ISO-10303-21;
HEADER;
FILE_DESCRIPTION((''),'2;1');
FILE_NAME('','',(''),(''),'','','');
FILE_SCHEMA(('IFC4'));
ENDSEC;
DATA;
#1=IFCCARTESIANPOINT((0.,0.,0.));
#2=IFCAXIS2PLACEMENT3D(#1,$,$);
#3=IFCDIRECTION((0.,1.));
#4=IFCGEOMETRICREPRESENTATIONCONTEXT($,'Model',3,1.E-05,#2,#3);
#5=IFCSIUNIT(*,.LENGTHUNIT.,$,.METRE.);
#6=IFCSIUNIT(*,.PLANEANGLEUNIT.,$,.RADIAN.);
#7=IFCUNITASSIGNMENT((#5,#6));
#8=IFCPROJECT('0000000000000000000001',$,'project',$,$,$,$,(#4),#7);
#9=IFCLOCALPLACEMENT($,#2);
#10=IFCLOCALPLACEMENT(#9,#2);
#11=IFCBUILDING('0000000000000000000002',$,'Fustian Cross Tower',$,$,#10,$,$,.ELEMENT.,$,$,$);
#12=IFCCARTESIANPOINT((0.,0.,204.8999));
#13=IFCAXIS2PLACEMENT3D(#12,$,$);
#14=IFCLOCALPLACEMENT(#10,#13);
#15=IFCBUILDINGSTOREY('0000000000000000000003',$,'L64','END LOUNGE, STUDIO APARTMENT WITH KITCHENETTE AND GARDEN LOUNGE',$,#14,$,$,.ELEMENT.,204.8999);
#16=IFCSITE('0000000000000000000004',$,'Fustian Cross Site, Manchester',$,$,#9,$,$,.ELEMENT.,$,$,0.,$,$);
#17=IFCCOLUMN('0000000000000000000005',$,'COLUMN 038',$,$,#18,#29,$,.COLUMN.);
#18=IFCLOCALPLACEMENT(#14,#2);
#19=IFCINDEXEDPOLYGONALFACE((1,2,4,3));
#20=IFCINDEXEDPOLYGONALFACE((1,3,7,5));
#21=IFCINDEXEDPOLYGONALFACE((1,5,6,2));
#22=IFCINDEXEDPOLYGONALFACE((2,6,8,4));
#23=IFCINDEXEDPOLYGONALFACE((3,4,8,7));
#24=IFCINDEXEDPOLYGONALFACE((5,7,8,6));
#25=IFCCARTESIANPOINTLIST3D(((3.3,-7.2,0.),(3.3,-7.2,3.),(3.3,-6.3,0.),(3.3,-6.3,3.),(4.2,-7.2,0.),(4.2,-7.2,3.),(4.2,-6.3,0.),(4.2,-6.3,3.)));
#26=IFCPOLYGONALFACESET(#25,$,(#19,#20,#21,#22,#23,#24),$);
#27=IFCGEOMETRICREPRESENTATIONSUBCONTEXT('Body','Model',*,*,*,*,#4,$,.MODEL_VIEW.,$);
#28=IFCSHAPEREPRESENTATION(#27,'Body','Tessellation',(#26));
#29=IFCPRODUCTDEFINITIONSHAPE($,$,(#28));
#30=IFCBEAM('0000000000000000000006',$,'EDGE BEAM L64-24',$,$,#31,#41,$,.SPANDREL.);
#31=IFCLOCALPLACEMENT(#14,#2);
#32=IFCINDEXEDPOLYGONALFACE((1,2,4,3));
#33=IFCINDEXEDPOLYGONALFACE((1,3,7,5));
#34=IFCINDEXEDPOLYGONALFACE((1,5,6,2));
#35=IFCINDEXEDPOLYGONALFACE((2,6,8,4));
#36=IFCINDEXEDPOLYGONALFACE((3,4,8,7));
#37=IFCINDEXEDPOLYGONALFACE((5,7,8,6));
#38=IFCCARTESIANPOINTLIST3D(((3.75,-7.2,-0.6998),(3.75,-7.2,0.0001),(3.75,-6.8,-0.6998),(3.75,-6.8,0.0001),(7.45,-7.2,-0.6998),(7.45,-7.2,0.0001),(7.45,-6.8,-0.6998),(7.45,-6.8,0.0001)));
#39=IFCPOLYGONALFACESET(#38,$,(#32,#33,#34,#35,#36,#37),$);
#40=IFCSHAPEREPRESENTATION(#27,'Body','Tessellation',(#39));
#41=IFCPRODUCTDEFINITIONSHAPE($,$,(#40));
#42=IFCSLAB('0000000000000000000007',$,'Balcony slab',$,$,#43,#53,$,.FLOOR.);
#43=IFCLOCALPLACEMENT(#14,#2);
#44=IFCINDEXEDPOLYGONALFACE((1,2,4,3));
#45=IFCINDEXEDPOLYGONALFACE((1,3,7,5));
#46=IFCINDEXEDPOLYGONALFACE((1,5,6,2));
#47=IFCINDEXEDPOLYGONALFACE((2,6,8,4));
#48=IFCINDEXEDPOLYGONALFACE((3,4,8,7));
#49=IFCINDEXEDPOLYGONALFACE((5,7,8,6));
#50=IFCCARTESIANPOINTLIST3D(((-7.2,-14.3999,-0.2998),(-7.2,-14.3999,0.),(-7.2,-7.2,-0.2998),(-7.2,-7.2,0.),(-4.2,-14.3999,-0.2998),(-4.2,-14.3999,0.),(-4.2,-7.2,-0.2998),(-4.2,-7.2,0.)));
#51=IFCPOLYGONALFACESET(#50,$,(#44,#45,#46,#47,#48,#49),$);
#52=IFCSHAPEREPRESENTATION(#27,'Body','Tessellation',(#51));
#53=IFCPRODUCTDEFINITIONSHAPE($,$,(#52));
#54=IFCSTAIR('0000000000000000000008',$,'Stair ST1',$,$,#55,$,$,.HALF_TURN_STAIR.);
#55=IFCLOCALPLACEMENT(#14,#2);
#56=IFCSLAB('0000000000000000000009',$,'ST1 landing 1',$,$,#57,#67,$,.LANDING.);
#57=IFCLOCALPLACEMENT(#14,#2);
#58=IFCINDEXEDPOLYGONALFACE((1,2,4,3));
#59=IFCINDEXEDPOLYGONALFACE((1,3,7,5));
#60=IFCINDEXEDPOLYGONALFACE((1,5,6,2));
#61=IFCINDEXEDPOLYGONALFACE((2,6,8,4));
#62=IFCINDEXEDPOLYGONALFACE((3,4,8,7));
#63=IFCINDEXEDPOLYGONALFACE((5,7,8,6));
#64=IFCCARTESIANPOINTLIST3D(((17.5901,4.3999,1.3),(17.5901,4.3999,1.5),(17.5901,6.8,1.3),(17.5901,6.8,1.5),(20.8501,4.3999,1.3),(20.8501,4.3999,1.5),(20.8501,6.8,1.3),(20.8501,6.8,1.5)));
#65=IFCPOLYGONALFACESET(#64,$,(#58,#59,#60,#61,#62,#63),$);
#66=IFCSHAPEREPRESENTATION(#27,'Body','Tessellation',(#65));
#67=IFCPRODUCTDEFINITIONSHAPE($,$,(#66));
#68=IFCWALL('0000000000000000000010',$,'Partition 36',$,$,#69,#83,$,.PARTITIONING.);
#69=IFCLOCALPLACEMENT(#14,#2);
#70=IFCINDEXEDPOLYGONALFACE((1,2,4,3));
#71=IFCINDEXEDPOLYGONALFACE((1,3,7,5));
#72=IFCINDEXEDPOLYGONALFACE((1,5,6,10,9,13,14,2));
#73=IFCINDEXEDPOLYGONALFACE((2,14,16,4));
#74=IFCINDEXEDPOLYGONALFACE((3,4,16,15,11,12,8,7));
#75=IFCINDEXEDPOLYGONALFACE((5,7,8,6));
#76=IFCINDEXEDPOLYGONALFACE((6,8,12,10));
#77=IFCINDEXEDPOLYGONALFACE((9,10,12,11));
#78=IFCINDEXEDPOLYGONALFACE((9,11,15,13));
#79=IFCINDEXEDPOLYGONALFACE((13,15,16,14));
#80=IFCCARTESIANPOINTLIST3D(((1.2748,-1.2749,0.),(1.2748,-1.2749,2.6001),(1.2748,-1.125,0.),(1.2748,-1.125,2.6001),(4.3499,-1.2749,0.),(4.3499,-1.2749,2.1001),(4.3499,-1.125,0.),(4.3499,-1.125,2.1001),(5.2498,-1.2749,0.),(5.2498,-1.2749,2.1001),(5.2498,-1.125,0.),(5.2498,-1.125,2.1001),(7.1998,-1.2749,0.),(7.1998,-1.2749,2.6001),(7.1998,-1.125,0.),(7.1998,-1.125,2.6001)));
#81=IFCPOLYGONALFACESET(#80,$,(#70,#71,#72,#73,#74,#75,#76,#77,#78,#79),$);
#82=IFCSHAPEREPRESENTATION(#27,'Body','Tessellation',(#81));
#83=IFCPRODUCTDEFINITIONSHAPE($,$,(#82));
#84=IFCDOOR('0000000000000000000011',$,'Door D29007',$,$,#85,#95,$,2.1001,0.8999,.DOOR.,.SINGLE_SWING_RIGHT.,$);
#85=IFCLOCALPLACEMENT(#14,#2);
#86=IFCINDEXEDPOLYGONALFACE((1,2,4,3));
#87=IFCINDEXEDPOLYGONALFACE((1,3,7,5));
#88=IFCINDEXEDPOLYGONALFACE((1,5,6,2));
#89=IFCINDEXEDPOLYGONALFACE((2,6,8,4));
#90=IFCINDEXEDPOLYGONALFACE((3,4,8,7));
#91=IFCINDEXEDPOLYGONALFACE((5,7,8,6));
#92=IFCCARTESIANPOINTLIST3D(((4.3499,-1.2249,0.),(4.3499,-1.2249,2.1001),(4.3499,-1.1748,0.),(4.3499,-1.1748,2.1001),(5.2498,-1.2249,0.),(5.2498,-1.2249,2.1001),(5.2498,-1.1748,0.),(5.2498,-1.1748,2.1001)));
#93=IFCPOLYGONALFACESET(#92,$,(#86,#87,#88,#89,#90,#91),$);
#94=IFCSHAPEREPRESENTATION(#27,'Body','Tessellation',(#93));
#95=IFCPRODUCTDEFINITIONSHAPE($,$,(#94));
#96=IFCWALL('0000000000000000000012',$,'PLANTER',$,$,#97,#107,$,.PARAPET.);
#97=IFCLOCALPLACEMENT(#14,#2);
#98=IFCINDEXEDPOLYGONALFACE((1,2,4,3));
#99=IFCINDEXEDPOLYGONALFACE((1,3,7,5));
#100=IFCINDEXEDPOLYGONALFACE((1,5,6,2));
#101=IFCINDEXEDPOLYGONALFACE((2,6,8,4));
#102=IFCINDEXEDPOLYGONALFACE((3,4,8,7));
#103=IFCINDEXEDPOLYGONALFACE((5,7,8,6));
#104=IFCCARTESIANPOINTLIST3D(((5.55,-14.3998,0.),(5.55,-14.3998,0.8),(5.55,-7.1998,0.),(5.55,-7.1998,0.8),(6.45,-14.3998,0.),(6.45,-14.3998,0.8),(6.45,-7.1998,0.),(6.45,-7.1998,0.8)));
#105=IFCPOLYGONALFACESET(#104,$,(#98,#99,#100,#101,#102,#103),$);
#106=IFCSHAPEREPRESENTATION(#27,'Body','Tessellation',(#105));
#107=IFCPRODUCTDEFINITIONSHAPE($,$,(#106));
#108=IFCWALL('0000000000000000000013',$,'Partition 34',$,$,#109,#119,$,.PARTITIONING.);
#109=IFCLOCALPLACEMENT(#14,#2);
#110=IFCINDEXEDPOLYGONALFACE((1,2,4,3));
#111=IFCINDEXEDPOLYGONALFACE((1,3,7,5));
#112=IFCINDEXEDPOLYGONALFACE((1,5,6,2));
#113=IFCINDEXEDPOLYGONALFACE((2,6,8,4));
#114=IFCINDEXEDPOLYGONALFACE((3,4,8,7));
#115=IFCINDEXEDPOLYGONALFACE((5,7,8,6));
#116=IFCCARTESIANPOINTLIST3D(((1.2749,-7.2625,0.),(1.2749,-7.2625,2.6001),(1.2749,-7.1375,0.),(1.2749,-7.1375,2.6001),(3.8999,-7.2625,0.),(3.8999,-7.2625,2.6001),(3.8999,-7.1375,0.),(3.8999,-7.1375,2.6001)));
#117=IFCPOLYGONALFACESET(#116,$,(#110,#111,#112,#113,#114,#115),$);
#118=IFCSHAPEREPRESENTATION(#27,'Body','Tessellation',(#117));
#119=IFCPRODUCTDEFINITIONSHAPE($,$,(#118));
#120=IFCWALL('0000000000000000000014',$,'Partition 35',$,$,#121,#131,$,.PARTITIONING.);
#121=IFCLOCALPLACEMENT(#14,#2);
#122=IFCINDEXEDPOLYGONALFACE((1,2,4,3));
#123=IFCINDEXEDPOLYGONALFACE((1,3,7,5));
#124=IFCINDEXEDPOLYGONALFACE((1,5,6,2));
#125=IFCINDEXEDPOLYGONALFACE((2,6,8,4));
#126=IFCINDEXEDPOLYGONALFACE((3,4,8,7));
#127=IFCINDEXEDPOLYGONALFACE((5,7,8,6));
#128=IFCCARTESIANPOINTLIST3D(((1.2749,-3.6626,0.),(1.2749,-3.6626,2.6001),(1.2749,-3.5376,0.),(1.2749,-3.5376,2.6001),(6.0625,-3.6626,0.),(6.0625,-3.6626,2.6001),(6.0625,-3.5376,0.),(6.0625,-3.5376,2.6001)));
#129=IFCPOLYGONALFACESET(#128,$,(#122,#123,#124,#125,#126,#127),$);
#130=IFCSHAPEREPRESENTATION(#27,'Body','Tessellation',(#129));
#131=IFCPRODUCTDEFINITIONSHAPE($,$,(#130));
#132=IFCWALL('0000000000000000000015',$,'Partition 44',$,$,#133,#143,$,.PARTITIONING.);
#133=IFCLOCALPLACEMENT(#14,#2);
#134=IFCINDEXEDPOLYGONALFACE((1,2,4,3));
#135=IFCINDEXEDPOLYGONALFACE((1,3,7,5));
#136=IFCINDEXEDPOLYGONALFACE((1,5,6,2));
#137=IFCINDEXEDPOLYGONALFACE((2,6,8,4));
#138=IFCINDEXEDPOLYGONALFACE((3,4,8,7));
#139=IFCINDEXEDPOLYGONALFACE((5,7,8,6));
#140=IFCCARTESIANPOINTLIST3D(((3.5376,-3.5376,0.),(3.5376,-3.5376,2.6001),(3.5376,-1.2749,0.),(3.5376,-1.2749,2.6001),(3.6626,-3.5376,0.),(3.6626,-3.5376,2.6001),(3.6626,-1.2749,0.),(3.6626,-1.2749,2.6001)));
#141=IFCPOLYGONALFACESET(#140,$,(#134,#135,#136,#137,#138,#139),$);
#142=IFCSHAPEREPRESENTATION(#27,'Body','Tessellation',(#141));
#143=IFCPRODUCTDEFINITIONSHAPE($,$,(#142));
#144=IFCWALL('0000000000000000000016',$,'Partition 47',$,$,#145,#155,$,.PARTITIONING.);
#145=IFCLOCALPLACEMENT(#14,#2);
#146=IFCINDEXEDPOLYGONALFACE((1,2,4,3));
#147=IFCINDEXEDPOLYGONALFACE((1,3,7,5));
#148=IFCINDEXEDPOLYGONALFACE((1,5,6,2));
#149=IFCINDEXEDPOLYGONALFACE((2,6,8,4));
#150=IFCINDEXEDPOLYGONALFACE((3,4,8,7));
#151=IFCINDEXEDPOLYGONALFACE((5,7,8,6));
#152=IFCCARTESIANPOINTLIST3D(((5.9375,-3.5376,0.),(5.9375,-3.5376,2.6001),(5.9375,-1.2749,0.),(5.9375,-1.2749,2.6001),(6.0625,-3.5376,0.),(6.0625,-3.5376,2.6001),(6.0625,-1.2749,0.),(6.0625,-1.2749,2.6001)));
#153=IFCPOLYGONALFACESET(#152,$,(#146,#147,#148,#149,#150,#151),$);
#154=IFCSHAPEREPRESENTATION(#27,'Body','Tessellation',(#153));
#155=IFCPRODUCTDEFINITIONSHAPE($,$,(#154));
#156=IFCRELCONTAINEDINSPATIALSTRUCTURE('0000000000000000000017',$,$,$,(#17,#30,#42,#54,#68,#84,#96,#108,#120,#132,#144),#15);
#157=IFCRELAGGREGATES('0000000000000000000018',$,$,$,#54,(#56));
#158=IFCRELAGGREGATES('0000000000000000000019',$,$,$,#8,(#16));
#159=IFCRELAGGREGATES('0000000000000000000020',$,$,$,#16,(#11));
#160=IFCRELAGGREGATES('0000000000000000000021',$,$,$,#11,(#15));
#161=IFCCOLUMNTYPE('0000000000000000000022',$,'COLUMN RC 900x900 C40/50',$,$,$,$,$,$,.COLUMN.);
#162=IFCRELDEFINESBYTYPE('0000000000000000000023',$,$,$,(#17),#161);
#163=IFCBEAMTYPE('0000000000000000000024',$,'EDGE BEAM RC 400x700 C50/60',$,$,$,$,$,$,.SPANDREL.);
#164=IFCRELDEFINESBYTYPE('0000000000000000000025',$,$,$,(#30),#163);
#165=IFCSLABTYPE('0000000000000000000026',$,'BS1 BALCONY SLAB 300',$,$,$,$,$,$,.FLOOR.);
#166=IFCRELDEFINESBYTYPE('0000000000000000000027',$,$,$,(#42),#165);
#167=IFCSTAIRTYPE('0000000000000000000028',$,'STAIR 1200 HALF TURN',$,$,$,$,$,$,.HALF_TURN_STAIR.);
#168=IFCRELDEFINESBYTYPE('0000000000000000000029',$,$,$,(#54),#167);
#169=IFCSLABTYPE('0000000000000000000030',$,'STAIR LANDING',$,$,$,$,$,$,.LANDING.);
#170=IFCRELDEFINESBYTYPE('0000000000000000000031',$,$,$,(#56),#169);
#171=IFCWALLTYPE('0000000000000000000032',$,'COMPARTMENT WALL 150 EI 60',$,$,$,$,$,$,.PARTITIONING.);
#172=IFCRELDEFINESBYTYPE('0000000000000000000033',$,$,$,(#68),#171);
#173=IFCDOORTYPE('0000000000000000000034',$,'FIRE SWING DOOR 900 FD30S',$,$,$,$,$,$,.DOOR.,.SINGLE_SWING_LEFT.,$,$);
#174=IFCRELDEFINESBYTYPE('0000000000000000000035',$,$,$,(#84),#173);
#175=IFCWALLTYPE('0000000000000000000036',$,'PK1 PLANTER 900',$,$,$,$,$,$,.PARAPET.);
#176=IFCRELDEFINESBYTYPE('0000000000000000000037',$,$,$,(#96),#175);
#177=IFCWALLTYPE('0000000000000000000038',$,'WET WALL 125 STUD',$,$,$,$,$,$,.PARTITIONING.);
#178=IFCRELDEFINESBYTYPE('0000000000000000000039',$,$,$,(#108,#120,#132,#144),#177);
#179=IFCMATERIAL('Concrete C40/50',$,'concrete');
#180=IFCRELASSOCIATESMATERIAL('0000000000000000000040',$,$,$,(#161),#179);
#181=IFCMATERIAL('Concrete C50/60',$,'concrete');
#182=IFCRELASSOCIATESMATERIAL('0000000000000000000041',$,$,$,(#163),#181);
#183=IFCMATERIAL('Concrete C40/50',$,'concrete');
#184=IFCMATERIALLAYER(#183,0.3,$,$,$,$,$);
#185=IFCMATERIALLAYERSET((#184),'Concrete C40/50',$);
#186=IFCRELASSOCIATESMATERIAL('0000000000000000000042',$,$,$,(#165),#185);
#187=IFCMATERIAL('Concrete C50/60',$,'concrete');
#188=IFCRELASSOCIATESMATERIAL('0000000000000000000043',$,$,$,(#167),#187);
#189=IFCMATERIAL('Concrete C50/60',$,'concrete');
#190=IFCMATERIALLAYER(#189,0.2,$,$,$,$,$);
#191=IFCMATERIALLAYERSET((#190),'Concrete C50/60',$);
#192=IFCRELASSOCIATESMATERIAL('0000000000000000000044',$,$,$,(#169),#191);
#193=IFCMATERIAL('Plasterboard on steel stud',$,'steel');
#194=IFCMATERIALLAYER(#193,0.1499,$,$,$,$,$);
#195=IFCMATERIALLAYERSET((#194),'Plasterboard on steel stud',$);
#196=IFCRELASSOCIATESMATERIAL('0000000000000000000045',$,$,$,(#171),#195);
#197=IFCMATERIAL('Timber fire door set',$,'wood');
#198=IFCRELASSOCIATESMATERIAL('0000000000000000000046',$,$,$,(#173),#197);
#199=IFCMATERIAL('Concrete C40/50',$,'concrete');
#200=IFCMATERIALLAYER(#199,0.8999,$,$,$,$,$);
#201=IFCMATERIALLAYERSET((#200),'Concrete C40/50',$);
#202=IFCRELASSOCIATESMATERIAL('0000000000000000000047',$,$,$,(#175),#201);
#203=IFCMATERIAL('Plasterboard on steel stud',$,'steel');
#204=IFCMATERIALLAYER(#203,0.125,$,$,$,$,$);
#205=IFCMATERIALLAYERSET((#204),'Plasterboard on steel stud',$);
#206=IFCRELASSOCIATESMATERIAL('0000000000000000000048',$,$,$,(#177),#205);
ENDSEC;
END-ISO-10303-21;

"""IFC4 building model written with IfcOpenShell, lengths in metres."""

from ifc_helpers import new_model, si_unit, direction, frame, frame_2d, origin, origin_2d, place, context, subcontext, project, spatial, polyline, rectangle, outline, extrude, material, layer, layer_set, material_profile, profile_set, type_object, element, fill, aggregate, save


model = new_model("IFC4")

# Units and contexts
model_context = context("Model", 3, precision=1e-05, world=origin(), true_north=direction((0.0, 1.0)))
body_context = subcontext(model_context, "Body", "Model", "MODEL_VIEW")
ifc_project = project(units=[si_unit("LENGTHUNIT", "METRE"), si_unit("PLANEANGLEUNIT", "RADIAN")], contexts=[model_context])

# Site, building, storey
site_placement = place(None, origin())
site = spatial("IfcSite", under=ifc_project, at=site_placement, Name="Fustian Cross Site, Manchester", CompositionType="ELEMENT", RefElevation=0.0)
building_placement = place(site_placement, origin())
building = spatial("IfcBuilding", under=site, at=building_placement, Name="Fustian Cross Tower", CompositionType="ELEMENT")
storey_placement = place(building_placement, frame((0.0, 0.0, 204.8999)))
storey = spatial("IfcBuildingStorey", under=building, at=storey_placement, Name="L64", Description="END LOUNGE, STUDIO APARTMENT WITH KITCHENETTE AND GARDEN LOUNGE", CompositionType="ELEMENT", Elevation=204.8999)

# Column
ifc_material_1 = material(Name="Concrete C40/50", Category="concrete")
ifc_material_profile_1 = material_profile(ifc_material_1, rectangle(XDim=0.8999, YDim=0.8999, at=origin_2d()), Name="RC 900x900")
ifc_profile_set_1 = profile_set([ifc_material_profile_1], Name="Concrete C40/50")
column_type = type_object("IfcColumnType", Name="COLUMN RC 900x900 C40/50", PredefinedType="COLUMN", material=ifc_profile_set_1)
column_placement = place(storey_placement, frame((3.75, -6.75, 0.0), z_axis=(0.0, 0.0, 1.0), x_axis=(1.0, 0.0, 0.0)))
element("IfcColumn", 1, at=column_placement, inside=storey, type_object=column_type, Name="COLUMN 038", PredefinedType="COLUMN", context=body_context, shape_type="SweptSolid", body=[
    extrude(rectangle(XDim=0.8999, YDim=0.8999, at=origin_2d()), origin(), (0.0, 0.0, 1.0), 3.0),
])

# Beam
ifc_material_2 = material(Name="Concrete C50/60", Category="concrete")
ifc_material_profile_2 = material_profile(ifc_material_2, rectangle(XDim=0.3999, YDim=0.7, at=origin_2d()), Name="RC 400x700")
ifc_profile_set_2 = profile_set([ifc_material_profile_2], Name="Concrete C50/60")
beam_type = type_object("IfcBeamType", Name="EDGE BEAM RC 400x700 C50/60", PredefinedType="SPANDREL", material=ifc_profile_set_2)
beam_placement = place(storey_placement, frame((3.75, -7.0, -0.3499), z_axis=(1.0, 0.0, 0.0), x_axis=(0.0, 1.0, 0.0)))
element("IfcBeam", 2, at=beam_placement, inside=storey, type_object=beam_type, Name="EDGE BEAM L64-24", PredefinedType="SPANDREL", context=body_context, shape_type="SweptSolid", body=[
    extrude(rectangle(XDim=0.3999, YDim=0.7, at=origin_2d()), origin(), (0.0, 0.0, 1.0), 3.7),
])

# Slab
ifc_material_3 = material(Name="Concrete C40/50", Category="concrete")
ifc_layer_1 = layer(ifc_material_3, 0.3)
ifc_layer_set_1 = layer_set([ifc_layer_1], Name="Concrete C40/50")
slab_type_1 = type_object("IfcSlabType", Name="BS1 BALCONY SLAB 300", PredefinedType="FLOOR", material=ifc_layer_set_1)
slab_1_placement = place(storey_placement, frame((0.0, 0.0, -0.2998)))
element("IfcSlab", 3, at=slab_1_placement, inside=storey, type_object=slab_type_1, Name="Balcony slab", PredefinedType="FLOOR", context=body_context, shape_type="SweptSolid", body=[
    extrude(outline(polyline([(-7.2, -14.3999), (-4.2, -14.3999), (-4.2, -7.2), (-7.2, -7.2), (-7.2, -14.3999)])), origin(), (0.0, 0.0, 1.0), 0.2998),
])

# Stair, slab
ifc_material_4 = material(Name="Concrete C50/60", Category="concrete")
stair_type = type_object("IfcStairType", Name="STAIR 1200 HALF TURN", PredefinedType="HALF_TURN_STAIR", material=ifc_material_4)
stair_placement = place(storey_placement, origin())
stair = element("IfcStair", 4, at=stair_placement, inside=storey, type_object=stair_type, Name="Stair ST1", PredefinedType="HALF_TURN_STAIR")
ifc_material_5 = material(Name="Concrete C50/60", Category="concrete")
ifc_layer_2 = layer(ifc_material_5, 0.2)
ifc_layer_set_2 = layer_set([ifc_layer_2], Name="Concrete C50/60")
slab_type_2 = type_object("IfcSlabType", Name="STAIR LANDING", PredefinedType="LANDING", material=ifc_layer_set_2)
slab_2_placement = place(storey_placement, frame((0.0, 0.0, 1.3)))
slab_2 = element("IfcSlab", 5, at=slab_2_placement, type_object=slab_type_2, Name="ST1 landing 1", PredefinedType="LANDING", context=body_context, shape_type="SweptSolid", body=[
    extrude(outline(polyline([(17.5901, 4.3999), (20.8501, 4.3999), (20.8501, 6.8), (17.5901, 6.8), (17.5901, 4.3999)])), origin(), (0.0, 0.0, 1.0), 0.2),
])
aggregate(stair, [slab_2])

# Wall, opening, door
ifc_material_6 = material(Name="Plasterboard on steel stud", Category="steel")
ifc_layer_3 = layer(ifc_material_6, 0.1499)
ifc_layer_set_3 = layer_set([ifc_layer_3], Name="Plasterboard on steel stud")
wall_type_1 = type_object("IfcWallType", Name="COMPARTMENT WALL 150 EI 60", PredefinedType="PARTITIONING", material=ifc_layer_set_3)
wall_1_placement = place(storey_placement, frame((1.2749, -1.2, 0.0), z_axis=(0.0, 0.0, 1.0), x_axis=(1.0, 0.0, 0.0)))
wall_1 = element("IfcWall", 6, at=wall_1_placement, inside=storey, type_object=wall_type_1, Name="Partition 36", PredefinedType="PARTITIONING", context=body_context, shape_type="SweptSolid", body=[
    extrude(rectangle(XDim=5.925, YDim=0.1499, at=frame_2d((2.9624, 0.0))), origin(), (0.0, 0.0, 1.0), 2.6001),
])
opening_1_placement = place(wall_1_placement, frame((3.075, 0.0, 0.0)))
opening_1 = element("IfcOpeningElement", 7, at=opening_1_placement, cuts=wall_1, PredefinedType="OPENING", context=body_context, shape_type="SweptSolid", body=[
    extrude(rectangle(XDim=0.8999, YDim=2.1001, at=frame_2d((0.45, 1.05))), frame((0.0, 0.085, 0.0), z_axis=(0.0, -1.0, 0.0), x_axis=(1.0, 0.0, 0.0)), (0.0, 0.0, 1.0), 0.1699),
])
ifc_material_7 = material(Name="Timber fire door set", Category="wood")
door_type_1 = type_object("IfcDoorType", Name="FIRE SWING DOOR 900 FD30S", OperationType="SINGLE_SWING_LEFT", PredefinedType="DOOR", material=ifc_material_7)
door_1_placement = place(opening_1_placement, frame((0.8999, 0.0, 0.0), z_axis=(0.0, 0.0, 1.0), x_axis=(-1.0, 0.0, 0.0)))
door_1 = element("IfcDoor", 8, at=door_1_placement, inside=storey, type_object=door_type_1, Name="Door D29007", OperationType="SINGLE_SWING_RIGHT", OverallHeight=2.1001, OverallWidth=0.8999, PredefinedType="DOOR", context=body_context, shape_type="SweptSolid", body=[
    extrude(rectangle(XDim=0.8999, YDim=2.1001, at=frame_2d((0.45, 1.05))), frame((0.0, 0.0249, 0.0), z_axis=(0.0, -1.0, 0.0), x_axis=(1.0, 0.0, 0.0)), (0.0, 0.0, 1.0), 0.05),
])
fill(opening_1, door_1)

# Walls
ifc_material_8 = material(Name="Concrete C40/50", Category="concrete")
ifc_layer_4 = layer(ifc_material_8, 0.8999)
ifc_layer_set_4 = layer_set([ifc_layer_4], Name="Concrete C40/50")
wall_type_2 = type_object("IfcWallType", Name="PK1 PLANTER 900", PredefinedType="PARAPET", material=ifc_layer_set_4)
wall_2_placement = place(storey_placement, frame((6.0, -14.3999, 0.0), z_axis=(0.0, 0.0, 1.0), x_axis=(0.0, 1.0, 0.0)))
element("IfcWall", 9, at=wall_2_placement, inside=storey, type_object=wall_type_2, Name="PLANTER", PredefinedType="PARAPET", context=body_context, shape_type="SweptSolid", body=[
    extrude(rectangle(XDim=7.2, YDim=0.8999, at=frame_2d((3.6001, 0.0))), origin(), (0.0, 0.0, 1.0), 0.8),
])
ifc_material_9 = material(Name="Plasterboard on steel stud", Category="steel")
ifc_layer_5 = layer(ifc_material_9, 0.125)
ifc_layer_set_5 = layer_set([ifc_layer_5], Name="Plasterboard on steel stud")
wall_type_3 = type_object("IfcWallType", Name="WET WALL 125 STUD", PredefinedType="PARTITIONING", material=ifc_layer_set_5)
wall_3_placement = place(storey_placement, frame((1.2749, -7.2, 0.0), z_axis=(0.0, 0.0, 1.0), x_axis=(1.0, 0.0, 0.0)))
element("IfcWall", 10, at=wall_3_placement, inside=storey, type_object=wall_type_3, Name="Partition 34", PredefinedType="PARTITIONING", context=body_context, shape_type="SweptSolid", body=[
    extrude(rectangle(XDim=2.625, YDim=0.125, at=frame_2d((1.3125, 0.0))), origin(), (0.0, 0.0, 1.0), 2.6001),
])
wall_4_placement = place(storey_placement, frame((1.2749, -3.6001, 0.0), z_axis=(0.0, 0.0, 1.0), x_axis=(1.0, 0.0, 0.0)))
element("IfcWall", 11, at=wall_4_placement, inside=storey, type_object=wall_type_3, Name="Partition 35", PredefinedType="PARTITIONING", context=body_context, shape_type="SweptSolid", body=[
    extrude(rectangle(XDim=4.7876, YDim=0.125, at=frame_2d((2.3938, 0.0))), origin(), (0.0, 0.0, 1.0), 2.6001),
])
for number, where, z_axis, x_axis, name in (
    (12, (3.6001, -3.5376, 0.0), (0.0, 0.0, 1.0), (0.0, 1.0, 0.0), "Partition 44"),
    (13, (6.0, -3.5376, 0.0), (0.0, 0.0, 1.0), (0.0, 1.0, 0.0), "Partition 47"),
):
    element("IfcWall", number, at=place(storey_placement, frame(where, z_axis=z_axis, x_axis=x_axis)), inside=storey, type_object=wall_type_3, Name=name, PredefinedType="PARTITIONING", context=body_context, shape_type="SweptSolid", body=[
        extrude(rectangle(XDim=2.2627, YDim=0.125, at=frame_2d((1.1313, 0.0))), origin(), (0.0, 0.0, 1.0), 2.6001),
    ])

save(model, "model.ifc")
